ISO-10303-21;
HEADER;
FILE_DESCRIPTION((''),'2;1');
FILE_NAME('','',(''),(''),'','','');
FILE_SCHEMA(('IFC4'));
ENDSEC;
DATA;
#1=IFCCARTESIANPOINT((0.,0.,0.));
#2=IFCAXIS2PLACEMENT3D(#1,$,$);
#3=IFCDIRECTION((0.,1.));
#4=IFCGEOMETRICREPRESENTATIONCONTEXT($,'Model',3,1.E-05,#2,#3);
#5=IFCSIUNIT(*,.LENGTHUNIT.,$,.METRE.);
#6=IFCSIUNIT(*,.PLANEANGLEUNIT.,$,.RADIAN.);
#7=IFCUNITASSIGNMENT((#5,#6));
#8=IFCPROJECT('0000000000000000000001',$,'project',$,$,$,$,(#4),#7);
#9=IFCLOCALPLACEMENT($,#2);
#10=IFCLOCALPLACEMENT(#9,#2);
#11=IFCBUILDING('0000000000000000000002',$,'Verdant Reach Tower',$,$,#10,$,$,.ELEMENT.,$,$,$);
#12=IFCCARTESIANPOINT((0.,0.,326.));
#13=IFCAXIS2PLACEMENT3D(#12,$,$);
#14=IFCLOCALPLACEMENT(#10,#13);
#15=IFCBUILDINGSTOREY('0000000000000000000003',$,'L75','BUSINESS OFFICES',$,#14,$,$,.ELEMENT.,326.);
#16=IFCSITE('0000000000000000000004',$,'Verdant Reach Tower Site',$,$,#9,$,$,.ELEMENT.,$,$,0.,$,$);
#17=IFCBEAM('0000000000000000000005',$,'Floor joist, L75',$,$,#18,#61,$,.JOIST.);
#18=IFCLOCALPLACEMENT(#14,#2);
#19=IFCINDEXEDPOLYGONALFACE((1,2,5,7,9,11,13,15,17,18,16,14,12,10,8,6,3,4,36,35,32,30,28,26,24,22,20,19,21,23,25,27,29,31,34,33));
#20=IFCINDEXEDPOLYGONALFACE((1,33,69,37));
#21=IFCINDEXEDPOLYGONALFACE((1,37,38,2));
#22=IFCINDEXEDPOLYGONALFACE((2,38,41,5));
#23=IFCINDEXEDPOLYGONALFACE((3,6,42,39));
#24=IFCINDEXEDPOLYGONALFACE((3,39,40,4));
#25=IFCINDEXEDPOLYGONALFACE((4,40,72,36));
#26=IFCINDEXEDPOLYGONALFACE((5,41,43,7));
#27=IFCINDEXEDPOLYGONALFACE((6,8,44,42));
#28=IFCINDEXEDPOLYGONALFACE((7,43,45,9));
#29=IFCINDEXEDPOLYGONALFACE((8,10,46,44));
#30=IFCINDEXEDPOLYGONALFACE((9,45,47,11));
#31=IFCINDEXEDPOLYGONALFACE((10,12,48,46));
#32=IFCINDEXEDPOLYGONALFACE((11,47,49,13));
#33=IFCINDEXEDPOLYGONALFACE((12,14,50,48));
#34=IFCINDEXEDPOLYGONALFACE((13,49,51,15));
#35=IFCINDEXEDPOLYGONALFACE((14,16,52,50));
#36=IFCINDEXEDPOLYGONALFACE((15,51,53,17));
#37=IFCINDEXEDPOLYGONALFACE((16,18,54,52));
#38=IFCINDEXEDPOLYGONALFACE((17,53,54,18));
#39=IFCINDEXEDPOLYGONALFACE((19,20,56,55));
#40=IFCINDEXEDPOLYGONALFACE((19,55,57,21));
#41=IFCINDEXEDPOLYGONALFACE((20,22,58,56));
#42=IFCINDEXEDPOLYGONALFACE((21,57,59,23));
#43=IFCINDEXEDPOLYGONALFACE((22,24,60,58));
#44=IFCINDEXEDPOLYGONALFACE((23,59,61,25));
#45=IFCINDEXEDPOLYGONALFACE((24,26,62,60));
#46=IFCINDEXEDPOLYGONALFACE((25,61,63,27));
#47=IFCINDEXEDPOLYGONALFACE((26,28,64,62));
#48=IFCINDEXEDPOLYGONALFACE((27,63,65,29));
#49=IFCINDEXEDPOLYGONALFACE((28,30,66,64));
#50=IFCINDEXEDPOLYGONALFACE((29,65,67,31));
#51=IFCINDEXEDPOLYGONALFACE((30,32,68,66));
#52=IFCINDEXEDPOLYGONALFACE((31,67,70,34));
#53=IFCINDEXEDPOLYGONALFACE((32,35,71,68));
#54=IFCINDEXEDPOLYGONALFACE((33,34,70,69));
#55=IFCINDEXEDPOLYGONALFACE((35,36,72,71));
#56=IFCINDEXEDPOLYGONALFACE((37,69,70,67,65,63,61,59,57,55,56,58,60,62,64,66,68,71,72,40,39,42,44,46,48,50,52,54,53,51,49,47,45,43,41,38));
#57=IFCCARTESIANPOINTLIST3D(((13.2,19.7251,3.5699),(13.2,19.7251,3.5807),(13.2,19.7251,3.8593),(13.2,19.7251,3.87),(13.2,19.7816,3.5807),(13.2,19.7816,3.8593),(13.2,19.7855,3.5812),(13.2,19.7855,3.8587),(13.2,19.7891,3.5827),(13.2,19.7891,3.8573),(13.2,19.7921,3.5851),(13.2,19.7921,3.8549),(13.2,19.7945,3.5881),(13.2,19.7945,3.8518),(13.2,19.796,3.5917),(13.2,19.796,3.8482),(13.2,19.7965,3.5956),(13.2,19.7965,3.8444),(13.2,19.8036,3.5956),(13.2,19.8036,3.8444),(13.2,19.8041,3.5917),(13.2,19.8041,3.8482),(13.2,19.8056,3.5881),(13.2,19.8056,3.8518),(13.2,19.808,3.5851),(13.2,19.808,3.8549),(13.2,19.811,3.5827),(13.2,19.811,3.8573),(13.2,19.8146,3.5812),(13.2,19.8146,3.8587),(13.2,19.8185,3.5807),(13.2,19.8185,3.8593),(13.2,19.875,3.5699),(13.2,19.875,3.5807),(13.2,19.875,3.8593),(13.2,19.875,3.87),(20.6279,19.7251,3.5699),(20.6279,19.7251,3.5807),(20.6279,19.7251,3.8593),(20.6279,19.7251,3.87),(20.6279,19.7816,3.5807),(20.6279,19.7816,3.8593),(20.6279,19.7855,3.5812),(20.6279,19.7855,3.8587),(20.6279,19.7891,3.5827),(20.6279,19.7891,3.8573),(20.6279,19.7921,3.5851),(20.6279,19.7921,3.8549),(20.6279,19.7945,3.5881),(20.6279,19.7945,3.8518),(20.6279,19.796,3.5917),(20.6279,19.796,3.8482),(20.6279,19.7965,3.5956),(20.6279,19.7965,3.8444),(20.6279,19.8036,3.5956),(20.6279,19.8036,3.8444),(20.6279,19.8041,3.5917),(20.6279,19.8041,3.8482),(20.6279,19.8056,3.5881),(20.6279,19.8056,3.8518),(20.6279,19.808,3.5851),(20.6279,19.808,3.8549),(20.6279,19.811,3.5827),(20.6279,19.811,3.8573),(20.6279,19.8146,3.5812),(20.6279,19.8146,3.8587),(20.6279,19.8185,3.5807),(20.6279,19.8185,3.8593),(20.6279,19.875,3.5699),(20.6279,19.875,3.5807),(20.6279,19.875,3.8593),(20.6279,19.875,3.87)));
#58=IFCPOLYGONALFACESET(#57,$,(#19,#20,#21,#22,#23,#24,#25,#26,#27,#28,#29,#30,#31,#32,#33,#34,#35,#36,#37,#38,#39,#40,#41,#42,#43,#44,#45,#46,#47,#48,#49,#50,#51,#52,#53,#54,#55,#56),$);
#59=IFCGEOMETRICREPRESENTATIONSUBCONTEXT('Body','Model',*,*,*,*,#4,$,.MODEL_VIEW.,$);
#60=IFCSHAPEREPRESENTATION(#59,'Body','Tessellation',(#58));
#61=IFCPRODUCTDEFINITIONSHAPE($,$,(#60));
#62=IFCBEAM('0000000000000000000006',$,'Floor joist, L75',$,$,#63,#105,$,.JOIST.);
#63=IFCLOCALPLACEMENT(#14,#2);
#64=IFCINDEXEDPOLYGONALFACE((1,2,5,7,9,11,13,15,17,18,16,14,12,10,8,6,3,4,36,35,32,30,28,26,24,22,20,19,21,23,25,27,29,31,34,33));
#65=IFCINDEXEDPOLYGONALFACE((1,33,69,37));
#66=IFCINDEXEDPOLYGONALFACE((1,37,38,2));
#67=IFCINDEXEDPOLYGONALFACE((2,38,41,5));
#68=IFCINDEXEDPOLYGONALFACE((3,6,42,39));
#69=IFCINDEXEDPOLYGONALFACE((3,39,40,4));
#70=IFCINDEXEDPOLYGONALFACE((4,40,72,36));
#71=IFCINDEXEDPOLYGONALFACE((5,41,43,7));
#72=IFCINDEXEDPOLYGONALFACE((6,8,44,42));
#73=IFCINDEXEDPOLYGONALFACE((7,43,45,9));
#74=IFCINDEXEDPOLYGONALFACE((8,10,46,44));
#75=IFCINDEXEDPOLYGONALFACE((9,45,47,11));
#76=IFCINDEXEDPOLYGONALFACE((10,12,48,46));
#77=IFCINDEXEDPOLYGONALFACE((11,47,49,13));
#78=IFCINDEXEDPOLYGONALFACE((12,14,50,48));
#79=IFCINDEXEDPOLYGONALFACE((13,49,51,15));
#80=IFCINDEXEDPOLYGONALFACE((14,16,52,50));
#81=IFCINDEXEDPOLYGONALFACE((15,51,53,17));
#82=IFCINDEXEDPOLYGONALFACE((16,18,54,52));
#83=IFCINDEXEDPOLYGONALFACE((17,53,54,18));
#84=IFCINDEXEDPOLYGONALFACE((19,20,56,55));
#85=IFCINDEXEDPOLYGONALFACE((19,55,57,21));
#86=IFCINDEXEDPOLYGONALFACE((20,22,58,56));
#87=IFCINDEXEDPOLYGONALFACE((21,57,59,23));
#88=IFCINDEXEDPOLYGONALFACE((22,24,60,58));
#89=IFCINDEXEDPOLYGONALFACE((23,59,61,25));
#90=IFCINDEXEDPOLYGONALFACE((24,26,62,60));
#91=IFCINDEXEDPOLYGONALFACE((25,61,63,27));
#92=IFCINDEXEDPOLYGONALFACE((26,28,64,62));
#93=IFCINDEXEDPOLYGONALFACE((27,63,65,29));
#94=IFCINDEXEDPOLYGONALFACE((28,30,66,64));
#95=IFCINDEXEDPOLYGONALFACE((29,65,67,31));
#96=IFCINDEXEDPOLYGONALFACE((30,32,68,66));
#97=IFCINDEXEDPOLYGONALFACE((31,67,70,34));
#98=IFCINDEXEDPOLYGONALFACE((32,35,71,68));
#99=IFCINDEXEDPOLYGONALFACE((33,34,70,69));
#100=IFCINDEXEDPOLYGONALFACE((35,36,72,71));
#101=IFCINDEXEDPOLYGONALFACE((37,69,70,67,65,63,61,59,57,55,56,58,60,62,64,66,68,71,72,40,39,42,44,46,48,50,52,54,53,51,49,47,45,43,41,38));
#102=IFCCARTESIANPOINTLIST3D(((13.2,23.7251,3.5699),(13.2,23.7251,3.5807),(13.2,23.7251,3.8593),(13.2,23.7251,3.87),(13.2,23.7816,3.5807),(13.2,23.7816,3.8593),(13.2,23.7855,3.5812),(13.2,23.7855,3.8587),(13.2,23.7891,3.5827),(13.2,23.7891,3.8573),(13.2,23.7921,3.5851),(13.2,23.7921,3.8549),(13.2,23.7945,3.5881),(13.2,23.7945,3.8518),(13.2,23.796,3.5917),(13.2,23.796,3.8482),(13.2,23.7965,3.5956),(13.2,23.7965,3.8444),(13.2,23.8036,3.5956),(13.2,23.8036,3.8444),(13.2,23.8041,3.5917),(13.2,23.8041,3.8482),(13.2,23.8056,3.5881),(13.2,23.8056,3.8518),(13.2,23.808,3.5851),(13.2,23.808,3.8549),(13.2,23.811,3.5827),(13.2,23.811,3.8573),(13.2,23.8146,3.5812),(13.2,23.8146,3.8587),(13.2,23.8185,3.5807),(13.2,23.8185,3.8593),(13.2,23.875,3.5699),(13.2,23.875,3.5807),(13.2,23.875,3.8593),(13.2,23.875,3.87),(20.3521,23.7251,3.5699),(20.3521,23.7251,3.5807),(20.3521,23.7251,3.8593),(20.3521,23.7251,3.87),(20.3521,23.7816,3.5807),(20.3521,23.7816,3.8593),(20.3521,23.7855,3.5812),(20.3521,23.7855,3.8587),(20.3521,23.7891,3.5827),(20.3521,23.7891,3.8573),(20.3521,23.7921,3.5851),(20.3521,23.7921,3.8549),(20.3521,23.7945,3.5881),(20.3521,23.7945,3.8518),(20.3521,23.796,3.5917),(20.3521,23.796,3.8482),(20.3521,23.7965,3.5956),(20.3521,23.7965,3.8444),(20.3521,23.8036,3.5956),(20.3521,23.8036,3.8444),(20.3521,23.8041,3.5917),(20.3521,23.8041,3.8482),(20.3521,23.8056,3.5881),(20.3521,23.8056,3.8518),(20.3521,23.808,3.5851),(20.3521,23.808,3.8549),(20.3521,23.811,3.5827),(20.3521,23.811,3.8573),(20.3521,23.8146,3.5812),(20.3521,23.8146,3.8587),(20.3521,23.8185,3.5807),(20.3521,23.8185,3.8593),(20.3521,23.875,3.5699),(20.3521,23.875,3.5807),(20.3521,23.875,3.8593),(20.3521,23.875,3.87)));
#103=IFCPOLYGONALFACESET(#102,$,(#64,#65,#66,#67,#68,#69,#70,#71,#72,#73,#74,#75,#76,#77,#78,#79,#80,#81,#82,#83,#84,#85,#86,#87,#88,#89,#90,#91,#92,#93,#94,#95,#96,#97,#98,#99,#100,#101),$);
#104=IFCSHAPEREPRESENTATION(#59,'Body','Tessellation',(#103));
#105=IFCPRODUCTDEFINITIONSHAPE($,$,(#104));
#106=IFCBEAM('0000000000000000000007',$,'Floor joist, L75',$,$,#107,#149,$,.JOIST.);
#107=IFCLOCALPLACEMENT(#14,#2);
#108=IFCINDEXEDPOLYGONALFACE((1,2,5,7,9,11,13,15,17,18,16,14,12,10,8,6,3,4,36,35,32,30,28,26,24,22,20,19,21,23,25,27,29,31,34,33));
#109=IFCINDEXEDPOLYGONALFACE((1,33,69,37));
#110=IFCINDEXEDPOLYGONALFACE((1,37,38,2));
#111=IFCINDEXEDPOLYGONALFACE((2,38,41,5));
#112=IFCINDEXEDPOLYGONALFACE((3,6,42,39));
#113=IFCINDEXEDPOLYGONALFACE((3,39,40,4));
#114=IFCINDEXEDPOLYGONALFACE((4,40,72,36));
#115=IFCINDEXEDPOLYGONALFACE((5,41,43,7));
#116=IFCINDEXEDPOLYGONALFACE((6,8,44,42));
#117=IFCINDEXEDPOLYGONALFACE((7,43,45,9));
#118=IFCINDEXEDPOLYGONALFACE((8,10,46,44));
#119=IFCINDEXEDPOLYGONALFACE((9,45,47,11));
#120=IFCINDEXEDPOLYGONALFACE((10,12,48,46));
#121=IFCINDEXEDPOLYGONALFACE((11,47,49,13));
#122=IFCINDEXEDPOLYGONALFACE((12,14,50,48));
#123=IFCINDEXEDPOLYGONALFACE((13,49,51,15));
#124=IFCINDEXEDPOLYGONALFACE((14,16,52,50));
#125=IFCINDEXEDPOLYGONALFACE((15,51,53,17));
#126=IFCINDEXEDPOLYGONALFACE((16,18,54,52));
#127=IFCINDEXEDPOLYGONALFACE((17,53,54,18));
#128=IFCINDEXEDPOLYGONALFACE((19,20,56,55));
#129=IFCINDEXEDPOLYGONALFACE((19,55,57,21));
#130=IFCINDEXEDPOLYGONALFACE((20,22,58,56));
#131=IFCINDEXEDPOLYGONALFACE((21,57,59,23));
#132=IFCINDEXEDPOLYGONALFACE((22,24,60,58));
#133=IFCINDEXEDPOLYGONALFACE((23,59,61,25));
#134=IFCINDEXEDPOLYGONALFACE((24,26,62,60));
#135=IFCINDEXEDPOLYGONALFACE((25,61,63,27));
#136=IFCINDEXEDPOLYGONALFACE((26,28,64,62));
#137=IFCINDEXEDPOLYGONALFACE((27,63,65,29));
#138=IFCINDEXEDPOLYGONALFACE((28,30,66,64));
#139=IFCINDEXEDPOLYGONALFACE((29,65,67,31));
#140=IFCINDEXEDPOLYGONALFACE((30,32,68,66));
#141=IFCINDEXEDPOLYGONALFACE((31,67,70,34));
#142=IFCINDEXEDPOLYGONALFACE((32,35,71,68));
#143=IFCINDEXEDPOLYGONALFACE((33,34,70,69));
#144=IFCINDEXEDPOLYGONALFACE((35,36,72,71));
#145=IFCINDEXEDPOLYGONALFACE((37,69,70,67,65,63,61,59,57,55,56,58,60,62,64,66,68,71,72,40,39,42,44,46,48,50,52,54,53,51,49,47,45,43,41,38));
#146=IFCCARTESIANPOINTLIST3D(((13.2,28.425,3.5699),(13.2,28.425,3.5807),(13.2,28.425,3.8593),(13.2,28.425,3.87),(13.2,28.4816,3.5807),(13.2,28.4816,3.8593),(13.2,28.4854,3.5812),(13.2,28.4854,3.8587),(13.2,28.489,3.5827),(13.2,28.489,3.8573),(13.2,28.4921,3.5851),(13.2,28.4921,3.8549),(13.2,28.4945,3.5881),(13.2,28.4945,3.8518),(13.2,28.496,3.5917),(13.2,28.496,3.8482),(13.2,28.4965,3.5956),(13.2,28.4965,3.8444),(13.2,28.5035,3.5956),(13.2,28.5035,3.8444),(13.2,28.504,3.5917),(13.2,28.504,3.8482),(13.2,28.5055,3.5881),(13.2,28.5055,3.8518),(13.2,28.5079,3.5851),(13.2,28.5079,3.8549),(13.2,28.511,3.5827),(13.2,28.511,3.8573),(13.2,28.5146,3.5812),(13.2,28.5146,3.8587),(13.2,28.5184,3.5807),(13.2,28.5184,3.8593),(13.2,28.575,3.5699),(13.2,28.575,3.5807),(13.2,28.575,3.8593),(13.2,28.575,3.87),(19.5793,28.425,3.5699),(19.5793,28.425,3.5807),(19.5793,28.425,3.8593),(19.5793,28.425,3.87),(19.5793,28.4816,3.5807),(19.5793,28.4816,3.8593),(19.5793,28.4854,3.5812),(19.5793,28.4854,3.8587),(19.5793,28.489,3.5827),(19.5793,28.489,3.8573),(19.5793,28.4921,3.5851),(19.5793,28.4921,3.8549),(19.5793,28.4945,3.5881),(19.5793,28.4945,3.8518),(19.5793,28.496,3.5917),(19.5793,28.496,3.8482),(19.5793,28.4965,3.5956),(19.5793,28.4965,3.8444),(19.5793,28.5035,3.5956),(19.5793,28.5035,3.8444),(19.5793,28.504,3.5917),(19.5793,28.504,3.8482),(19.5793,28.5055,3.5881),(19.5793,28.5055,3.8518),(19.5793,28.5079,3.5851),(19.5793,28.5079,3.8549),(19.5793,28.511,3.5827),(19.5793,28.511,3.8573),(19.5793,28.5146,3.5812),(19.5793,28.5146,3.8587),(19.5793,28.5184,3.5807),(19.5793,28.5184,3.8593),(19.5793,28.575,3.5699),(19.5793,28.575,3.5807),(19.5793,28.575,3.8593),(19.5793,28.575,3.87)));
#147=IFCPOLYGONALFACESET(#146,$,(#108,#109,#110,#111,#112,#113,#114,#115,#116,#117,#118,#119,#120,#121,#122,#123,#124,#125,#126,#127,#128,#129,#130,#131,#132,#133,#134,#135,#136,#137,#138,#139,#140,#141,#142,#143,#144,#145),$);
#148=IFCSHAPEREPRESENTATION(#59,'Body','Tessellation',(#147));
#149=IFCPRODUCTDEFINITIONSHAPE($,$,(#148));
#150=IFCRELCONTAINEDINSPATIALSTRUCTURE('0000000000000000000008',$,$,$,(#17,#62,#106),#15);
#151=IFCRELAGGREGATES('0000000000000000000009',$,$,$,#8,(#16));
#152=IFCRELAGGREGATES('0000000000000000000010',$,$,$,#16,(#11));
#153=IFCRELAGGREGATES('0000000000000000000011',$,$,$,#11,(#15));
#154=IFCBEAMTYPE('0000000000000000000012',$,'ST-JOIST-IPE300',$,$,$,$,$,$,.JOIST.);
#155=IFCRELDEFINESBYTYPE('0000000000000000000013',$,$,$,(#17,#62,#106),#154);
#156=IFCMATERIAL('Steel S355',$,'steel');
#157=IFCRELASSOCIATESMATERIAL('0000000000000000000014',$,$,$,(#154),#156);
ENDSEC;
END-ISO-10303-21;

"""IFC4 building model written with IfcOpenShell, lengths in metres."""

from ifc_helpers import new_model, si_unit, direction, frame, origin, origin_2d, place, context, subcontext, project, spatial, i_section, extrude, material, material_profile, profile_set, type_object, element, save


model = new_model("IFC4")

# Units and contexts
model_context = context("Model", 3, precision=1e-05, world=origin(), true_north=direction((0.0, 1.0)))
body_context = subcontext(model_context, "Body", "Model", "MODEL_VIEW")
ifc_project = project(units=[si_unit("LENGTHUNIT", "METRE"), si_unit("PLANEANGLEUNIT", "RADIAN")], contexts=[model_context])

# Site, building, storey
site_placement = place(None, origin())
site = spatial("IfcSite", under=ifc_project, at=site_placement, Name="Verdant Reach Tower Site", CompositionType="ELEMENT", RefElevation=0.0)
building_placement = place(site_placement, origin())
building = spatial("IfcBuilding", under=site, at=building_placement, Name="Verdant Reach Tower", CompositionType="ELEMENT")
storey_placement = place(building_placement, frame((0.0, 0.0, 326.0)))
storey = spatial("IfcBuildingStorey", under=building, at=storey_placement, Name="L75", Description="BUSINESS OFFICES", CompositionType="ELEMENT", Elevation=326.0)

# Beams
ifc_material_1 = material(Name="Steel S355", Category="steel")
ifc_material_profile = material_profile(ifc_material_1, i_section(OverallWidth=0.1499, OverallDepth=0.3, WebThickness=0.0071, FlangeThickness=0.0107, FilletRadius=0.0149, at=origin_2d()), Name="IPE 300")
ifc_profile_set = profile_set([ifc_material_profile], Name="Steel S355")
beam_type = type_object("IfcBeamType", Name="ST-JOIST-IPE300", PredefinedType="JOIST", material=ifc_profile_set)
beam_1_placement = place(storey_placement, frame((13.2, 19.8, 3.72), z_axis=(1.0, 0.0, 0.0), x_axis=(0.0, 1.0, 0.0)))
element("IfcBeam", 1, at=beam_1_placement, inside=storey, type_object=beam_type, Name="Floor joist, L75", PredefinedType="JOIST", context=body_context, shape_type="SweptSolid", body=[
    extrude(i_section(OverallWidth=0.1499, OverallDepth=0.3, WebThickness=0.0071, FlangeThickness=0.0107, FilletRadius=0.0149, at=origin_2d()), origin(), (0.0, 0.0, 1.0), 7.428),
])
beam_2_placement = place(storey_placement, frame((13.2, 23.8, 3.72), z_axis=(1.0, 0.0, 0.0), x_axis=(0.0, 1.0, 0.0)))
element("IfcBeam", 2, at=beam_2_placement, inside=storey, type_object=beam_type, Name="Floor joist, L75", PredefinedType="JOIST", context=body_context, shape_type="SweptSolid", body=[
    extrude(i_section(OverallWidth=0.1499, OverallDepth=0.3, WebThickness=0.0071, FlangeThickness=0.0107, FilletRadius=0.0149, at=origin_2d()), origin(), (0.0, 0.0, 1.0), 7.1521),
])
beam_3_placement = place(storey_placement, frame((13.2, 28.5, 3.72), z_axis=(1.0, 0.0, 0.0), x_axis=(0.0, 1.0, 0.0)))
element("IfcBeam", 3, at=beam_3_placement, inside=storey, type_object=beam_type, Name="Floor joist, L75", PredefinedType="JOIST", context=body_context, shape_type="SweptSolid", body=[
    extrude(i_section(OverallWidth=0.1499, OverallDepth=0.3, WebThickness=0.0071, FlangeThickness=0.0107, FilletRadius=0.0149, at=origin_2d()), origin(), (0.0, 0.0, 1.0), 6.3794),
])

save(model, "model.ifc")
